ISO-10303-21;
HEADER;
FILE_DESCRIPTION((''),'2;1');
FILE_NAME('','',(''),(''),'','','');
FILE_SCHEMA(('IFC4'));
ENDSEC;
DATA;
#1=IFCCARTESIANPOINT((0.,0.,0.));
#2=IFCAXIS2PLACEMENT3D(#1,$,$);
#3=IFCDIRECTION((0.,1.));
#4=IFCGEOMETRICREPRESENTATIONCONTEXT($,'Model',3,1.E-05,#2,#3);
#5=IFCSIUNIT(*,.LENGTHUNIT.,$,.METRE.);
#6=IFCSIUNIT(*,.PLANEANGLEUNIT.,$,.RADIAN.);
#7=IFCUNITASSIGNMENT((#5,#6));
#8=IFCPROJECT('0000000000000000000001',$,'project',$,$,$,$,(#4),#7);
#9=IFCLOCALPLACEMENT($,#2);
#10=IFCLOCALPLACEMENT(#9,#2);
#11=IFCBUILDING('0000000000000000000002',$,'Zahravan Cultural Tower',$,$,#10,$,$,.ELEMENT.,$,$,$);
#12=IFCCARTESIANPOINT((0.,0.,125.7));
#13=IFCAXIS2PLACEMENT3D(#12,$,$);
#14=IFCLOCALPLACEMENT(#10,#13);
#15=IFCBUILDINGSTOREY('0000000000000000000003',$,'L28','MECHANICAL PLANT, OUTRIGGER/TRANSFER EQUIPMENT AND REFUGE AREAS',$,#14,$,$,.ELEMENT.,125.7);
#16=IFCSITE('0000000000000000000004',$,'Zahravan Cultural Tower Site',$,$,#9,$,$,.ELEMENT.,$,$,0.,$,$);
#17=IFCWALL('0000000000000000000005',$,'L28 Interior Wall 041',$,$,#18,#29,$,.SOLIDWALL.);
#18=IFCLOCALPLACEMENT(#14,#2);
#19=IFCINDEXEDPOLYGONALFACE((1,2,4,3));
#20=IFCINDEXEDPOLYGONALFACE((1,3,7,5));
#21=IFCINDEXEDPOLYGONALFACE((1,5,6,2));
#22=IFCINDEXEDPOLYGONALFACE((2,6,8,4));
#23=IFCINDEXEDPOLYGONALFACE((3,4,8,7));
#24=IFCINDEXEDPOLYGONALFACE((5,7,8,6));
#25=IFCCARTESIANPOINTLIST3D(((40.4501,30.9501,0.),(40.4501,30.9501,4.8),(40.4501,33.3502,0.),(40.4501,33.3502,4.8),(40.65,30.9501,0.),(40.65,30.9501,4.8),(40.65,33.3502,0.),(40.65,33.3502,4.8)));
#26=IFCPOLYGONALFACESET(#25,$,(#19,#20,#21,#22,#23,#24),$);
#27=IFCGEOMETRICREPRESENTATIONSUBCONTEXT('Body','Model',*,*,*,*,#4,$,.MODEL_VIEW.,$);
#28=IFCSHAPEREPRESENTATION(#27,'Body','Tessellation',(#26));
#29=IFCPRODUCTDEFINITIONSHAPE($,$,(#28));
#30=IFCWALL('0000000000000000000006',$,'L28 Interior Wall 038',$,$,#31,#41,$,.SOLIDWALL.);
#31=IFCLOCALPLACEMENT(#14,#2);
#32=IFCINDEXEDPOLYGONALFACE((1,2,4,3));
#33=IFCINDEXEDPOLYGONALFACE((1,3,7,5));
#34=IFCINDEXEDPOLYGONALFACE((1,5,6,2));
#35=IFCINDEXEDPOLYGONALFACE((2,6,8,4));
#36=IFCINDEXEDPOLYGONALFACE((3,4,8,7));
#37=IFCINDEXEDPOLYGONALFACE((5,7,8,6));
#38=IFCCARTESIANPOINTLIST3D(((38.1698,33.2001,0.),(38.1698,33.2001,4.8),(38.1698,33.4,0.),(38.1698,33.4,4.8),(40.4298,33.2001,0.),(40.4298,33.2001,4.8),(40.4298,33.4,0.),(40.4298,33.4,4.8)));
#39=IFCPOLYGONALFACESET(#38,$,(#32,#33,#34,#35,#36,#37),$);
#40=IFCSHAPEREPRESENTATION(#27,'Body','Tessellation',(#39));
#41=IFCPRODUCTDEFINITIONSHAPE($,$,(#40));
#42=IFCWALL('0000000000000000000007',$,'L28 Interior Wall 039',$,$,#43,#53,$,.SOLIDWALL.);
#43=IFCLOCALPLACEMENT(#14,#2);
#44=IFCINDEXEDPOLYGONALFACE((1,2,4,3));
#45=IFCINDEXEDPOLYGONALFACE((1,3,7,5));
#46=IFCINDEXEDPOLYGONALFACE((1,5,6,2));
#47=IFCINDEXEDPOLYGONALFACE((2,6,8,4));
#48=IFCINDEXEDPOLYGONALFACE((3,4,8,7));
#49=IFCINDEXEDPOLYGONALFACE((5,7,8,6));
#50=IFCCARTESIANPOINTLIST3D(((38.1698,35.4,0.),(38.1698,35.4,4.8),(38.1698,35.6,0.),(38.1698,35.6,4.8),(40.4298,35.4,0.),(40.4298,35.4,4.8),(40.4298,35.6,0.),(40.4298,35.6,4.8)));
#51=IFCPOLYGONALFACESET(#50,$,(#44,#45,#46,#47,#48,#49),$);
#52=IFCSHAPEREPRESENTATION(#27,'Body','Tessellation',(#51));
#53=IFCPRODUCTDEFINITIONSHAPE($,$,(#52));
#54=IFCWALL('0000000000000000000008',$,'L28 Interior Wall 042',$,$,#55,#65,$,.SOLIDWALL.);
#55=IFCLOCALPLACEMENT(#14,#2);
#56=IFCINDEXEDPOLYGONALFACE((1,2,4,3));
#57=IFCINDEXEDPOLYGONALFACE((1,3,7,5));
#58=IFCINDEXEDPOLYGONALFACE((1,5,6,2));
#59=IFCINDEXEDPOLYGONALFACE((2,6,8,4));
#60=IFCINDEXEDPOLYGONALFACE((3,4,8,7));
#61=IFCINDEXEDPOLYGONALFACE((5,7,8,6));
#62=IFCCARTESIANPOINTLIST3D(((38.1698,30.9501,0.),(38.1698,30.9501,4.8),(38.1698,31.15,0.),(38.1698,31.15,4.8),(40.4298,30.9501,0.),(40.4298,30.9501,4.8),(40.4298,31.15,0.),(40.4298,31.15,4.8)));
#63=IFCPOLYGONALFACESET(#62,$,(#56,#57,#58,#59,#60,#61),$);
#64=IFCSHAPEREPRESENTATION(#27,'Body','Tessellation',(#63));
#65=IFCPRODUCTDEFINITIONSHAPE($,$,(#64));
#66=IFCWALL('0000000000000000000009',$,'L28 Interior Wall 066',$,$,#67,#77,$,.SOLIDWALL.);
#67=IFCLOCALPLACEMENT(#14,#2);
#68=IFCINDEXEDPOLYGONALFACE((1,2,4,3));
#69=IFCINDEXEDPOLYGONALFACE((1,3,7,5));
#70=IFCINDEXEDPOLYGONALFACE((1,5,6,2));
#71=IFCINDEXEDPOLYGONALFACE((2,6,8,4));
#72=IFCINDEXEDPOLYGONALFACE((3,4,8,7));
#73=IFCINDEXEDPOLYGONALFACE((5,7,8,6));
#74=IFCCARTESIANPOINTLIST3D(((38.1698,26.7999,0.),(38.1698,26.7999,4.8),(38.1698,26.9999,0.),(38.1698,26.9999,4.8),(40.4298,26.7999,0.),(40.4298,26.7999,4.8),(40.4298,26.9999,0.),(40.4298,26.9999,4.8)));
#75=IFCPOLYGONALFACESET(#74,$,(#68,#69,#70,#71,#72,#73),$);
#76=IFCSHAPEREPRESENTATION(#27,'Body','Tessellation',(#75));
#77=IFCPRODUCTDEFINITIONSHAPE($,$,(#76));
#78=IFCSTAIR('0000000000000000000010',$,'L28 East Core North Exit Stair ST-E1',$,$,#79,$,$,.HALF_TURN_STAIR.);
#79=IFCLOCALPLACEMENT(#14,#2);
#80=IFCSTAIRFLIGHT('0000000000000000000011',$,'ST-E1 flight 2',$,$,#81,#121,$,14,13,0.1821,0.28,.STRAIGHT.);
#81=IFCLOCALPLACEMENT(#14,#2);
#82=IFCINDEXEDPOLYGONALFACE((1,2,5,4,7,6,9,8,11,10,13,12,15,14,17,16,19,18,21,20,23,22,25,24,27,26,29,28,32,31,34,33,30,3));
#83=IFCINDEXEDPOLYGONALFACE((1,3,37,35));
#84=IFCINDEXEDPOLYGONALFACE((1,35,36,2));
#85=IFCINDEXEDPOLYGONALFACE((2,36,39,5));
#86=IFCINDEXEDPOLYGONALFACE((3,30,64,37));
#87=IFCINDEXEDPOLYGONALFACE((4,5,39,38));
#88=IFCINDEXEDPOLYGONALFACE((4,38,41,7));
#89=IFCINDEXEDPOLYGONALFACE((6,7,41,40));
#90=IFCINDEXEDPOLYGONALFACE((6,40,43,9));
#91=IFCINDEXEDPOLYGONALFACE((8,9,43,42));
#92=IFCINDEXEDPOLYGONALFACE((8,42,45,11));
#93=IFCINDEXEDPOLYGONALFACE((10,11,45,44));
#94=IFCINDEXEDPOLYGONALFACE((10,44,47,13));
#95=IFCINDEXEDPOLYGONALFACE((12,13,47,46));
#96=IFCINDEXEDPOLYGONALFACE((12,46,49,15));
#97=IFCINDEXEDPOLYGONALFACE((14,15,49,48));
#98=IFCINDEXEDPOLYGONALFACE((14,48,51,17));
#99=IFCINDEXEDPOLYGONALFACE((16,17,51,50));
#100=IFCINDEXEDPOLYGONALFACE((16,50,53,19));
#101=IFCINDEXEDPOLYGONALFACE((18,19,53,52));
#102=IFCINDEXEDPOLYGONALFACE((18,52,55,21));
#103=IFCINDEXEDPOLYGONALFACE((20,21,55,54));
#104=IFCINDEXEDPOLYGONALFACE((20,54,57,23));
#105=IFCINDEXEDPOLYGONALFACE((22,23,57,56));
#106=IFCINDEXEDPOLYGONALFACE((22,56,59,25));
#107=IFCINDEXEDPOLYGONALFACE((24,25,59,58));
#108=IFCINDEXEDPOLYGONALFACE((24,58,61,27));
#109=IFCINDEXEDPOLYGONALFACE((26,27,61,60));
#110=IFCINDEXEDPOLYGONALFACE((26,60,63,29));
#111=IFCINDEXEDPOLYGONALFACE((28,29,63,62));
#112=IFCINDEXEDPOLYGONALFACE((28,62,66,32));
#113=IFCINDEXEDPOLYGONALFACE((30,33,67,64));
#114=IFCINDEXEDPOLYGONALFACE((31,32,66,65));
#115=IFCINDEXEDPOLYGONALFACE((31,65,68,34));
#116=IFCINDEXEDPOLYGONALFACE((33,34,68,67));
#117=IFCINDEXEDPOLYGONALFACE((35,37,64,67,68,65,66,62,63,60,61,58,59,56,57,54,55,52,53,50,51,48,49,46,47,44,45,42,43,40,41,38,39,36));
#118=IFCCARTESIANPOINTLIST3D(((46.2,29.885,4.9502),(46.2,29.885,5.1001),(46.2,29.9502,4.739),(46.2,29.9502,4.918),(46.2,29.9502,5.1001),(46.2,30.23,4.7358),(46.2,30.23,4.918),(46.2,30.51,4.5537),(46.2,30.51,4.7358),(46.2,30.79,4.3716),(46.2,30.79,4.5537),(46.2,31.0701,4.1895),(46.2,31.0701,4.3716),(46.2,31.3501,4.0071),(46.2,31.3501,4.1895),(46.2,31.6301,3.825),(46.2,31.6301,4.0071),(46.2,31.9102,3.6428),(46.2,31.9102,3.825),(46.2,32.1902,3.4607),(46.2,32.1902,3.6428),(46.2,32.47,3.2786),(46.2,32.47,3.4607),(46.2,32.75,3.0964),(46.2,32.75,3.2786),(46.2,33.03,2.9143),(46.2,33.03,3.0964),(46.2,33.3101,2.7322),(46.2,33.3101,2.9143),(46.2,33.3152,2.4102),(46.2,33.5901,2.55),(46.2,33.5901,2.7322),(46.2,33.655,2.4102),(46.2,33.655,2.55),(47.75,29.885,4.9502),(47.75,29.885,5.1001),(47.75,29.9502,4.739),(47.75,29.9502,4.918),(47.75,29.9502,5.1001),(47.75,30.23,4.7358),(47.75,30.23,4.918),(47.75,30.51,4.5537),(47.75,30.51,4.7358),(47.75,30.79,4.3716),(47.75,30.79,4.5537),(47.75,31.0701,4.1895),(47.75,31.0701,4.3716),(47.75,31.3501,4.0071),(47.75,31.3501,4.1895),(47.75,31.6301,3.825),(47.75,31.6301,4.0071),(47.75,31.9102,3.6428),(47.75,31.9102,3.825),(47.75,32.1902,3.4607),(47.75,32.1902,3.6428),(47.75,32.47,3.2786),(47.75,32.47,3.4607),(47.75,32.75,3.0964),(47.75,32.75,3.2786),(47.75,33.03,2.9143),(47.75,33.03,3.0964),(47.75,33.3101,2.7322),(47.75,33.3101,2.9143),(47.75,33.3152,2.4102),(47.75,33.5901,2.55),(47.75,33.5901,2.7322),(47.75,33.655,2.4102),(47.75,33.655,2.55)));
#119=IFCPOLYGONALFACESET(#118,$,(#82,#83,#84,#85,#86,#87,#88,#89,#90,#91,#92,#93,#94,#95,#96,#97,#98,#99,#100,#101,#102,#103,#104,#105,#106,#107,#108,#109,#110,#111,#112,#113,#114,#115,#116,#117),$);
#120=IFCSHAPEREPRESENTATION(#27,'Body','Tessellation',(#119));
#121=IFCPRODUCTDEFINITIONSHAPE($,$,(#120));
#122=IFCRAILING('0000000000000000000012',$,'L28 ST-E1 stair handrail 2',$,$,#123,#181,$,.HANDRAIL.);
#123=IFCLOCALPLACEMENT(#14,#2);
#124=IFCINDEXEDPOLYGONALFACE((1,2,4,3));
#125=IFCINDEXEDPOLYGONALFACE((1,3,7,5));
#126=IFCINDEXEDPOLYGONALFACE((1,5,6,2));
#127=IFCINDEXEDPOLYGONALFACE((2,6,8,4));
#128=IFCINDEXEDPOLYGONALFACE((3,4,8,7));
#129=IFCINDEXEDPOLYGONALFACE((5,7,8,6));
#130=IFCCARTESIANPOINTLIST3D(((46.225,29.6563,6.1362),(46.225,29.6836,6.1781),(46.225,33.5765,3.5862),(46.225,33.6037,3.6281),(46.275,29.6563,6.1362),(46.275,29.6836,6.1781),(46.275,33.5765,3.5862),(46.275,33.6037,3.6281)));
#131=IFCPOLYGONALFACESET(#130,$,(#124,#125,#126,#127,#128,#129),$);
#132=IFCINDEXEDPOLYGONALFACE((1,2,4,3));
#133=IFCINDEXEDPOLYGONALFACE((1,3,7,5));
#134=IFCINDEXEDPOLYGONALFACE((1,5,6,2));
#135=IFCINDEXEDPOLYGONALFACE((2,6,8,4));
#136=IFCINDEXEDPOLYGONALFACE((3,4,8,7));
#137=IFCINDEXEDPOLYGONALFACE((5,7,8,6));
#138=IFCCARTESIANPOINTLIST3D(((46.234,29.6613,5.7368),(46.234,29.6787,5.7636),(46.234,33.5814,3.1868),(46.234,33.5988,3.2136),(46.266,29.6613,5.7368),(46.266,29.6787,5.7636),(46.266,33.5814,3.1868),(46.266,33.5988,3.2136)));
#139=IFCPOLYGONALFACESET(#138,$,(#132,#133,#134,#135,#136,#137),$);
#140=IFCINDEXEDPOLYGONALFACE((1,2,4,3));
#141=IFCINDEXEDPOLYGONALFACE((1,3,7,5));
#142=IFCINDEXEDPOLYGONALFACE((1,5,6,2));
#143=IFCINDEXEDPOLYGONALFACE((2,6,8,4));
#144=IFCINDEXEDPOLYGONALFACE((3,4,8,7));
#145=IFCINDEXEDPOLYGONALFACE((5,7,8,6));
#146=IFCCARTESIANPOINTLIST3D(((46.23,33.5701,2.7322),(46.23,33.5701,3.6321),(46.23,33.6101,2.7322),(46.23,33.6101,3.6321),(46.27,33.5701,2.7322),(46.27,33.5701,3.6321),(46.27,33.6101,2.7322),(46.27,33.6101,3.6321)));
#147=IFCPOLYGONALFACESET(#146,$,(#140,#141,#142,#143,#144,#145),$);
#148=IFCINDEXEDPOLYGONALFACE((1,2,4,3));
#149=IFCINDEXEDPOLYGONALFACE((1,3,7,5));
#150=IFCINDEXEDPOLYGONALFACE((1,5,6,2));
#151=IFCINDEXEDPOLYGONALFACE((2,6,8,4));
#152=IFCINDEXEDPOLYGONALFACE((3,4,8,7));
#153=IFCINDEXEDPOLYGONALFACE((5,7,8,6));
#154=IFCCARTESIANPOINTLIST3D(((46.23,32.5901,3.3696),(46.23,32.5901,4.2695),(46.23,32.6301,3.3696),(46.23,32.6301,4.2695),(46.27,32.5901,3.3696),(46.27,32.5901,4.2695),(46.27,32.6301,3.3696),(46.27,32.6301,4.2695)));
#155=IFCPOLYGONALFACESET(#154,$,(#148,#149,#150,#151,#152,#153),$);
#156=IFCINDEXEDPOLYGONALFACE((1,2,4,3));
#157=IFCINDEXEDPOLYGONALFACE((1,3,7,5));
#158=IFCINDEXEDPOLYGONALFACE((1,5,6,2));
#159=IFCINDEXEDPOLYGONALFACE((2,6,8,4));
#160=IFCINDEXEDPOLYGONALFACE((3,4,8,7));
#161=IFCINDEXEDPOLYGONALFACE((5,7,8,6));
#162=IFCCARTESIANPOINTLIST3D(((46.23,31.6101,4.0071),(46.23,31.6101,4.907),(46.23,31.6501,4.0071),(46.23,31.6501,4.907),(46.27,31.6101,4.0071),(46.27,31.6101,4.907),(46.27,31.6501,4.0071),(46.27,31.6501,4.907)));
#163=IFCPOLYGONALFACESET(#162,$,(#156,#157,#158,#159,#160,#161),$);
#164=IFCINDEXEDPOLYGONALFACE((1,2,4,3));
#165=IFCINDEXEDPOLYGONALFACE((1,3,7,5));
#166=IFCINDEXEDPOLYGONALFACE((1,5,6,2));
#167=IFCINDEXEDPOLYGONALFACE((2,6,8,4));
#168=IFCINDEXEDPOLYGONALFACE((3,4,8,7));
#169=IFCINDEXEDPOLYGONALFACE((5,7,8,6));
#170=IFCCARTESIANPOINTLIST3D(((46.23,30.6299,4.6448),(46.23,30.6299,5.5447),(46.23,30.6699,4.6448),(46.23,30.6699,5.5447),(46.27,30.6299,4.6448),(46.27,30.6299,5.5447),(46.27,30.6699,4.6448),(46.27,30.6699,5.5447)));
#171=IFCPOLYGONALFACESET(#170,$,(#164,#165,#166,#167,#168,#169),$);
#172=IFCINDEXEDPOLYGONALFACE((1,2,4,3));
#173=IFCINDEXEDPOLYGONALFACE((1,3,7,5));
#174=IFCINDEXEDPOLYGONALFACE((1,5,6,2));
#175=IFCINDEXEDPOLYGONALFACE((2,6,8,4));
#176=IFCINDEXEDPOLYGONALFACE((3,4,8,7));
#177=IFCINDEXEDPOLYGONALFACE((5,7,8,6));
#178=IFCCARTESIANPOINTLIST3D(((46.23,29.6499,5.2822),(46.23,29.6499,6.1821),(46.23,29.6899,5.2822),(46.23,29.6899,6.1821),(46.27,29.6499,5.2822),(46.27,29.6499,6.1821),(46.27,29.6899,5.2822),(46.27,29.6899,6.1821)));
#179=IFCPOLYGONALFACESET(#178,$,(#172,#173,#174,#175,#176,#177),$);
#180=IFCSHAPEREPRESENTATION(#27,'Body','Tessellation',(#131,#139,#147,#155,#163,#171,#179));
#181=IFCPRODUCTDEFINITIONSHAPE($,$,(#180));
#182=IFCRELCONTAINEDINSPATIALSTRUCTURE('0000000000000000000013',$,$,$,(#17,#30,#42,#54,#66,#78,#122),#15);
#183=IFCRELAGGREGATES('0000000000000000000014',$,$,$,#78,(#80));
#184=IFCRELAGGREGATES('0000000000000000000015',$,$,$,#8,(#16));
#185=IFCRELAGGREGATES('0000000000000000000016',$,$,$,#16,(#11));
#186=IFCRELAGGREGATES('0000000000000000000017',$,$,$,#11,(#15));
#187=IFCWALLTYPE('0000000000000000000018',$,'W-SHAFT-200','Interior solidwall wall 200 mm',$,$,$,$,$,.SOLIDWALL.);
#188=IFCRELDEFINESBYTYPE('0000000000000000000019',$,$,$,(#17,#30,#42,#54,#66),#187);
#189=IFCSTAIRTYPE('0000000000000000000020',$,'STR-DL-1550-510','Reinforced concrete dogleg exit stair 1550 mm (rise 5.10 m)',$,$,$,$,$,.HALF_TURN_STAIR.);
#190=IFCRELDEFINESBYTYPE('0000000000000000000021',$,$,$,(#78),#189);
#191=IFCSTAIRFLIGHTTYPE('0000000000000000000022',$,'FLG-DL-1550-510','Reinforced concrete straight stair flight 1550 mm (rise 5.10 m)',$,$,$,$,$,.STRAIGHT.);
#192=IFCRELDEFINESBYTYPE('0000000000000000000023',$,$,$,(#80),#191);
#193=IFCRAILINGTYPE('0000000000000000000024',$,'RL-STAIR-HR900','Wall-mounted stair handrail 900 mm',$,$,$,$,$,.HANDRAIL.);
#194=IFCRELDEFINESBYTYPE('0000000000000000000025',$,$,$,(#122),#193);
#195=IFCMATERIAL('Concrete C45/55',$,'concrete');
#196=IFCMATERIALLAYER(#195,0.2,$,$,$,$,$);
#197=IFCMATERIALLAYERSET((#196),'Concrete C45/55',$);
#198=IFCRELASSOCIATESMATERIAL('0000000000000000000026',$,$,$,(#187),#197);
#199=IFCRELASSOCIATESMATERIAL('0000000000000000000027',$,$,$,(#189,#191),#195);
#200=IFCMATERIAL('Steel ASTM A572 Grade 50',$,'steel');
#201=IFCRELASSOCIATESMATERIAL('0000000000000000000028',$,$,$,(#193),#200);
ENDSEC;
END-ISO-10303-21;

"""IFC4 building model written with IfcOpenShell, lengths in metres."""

from ifc_helpers import new_model, si_unit, direction, frame, frame_2d, origin, origin_2d, place, context, subcontext, project, spatial, polyline, rectangle, outline, extrude, source, transform, mapped, material, layer, layer_set, type_object, element, aggregate, save


model = new_model("IFC4")

# Units and contexts
model_context = context("Model", 3, precision=1e-05, world=origin(), true_north=direction((0.0, 1.0)))
body_context = subcontext(model_context, "Body", "Model", "MODEL_VIEW")
ifc_project = project(units=[si_unit("LENGTHUNIT", "METRE"), si_unit("PLANEANGLEUNIT", "RADIAN")], contexts=[model_context])

# Site, building, storey
site_placement = place(None, origin())
site = spatial("IfcSite", under=ifc_project, at=site_placement, Name="Zahravan Cultural Tower Site", CompositionType="ELEMENT", RefElevation=0.0)
building_placement = place(site_placement, origin())
building = spatial("IfcBuilding", under=site, at=building_placement, Name="Zahravan Cultural Tower", CompositionType="ELEMENT")
storey_placement = place(building_placement, frame((0.0, 0.0, 125.7)))
storey = spatial("IfcBuildingStorey", under=building, at=storey_placement, Name="L28", Description="MECHANICAL PLANT, OUTRIGGER/TRANSFER EQUIPMENT AND REFUGE AREAS", CompositionType="ELEMENT", Elevation=125.7)

# Shared definitions
ifc_material_1 = material(Name="Steel ASTM A572 Grade 50", Category="steel")
ifc_material_2 = material(Name="Concrete C45/55", Category="concrete")
ifc_layer_1 = layer(ifc_material_2, 0.2)
ifc_layer_set_1 = layer_set([ifc_layer_1], Name="Concrete C45/55")
wall_type_1 = type_object("IfcWallType", Name="W-SHAFT-200", Description="Interior solidwall wall 200 mm", PredefinedType="SOLIDWALL", material=ifc_layer_set_1)

# Walls
shared_shape_1 = source(origin(), body_context, "Body", "SweptSolid", [
    extrude(rectangle(XDim=2.4001, YDim=0.2, at=frame_2d((1.2002, 0.0))), origin(), (0.0, 0.0, 1.0), 4.8),
])
for number, where, z_axis, x_axis, name in (
    (1, (40.55, 30.95, 0.0), (0.0, 0.0, 1.0), (0.0, 1.0, 0.0), "L28 Interior Wall 041"),
):
    element("IfcWall", number, at=place(storey_placement, frame(where, z_axis=z_axis, x_axis=x_axis)), inside=storey, type_object=wall_type_1, Name=name, PredefinedType="SOLIDWALL", context=body_context, shape_type="MappedRepresentation", body=[
        mapped(shared_shape_1, transform((0.0, 0.0, 0.0), x_axis=(1.0, 0.0, 0.0), y_axis=(0.0, 1.0, 0.0), z_axis=(0.0, 0.0, 1.0), scale=1.0)),
    ])
shared_shape_2 = source(origin(), body_context, "Body", "SweptSolid", [
    extrude(rectangle(XDim=2.26, YDim=0.2, at=frame_2d((1.1299, 0.0))), origin(), (0.0, 0.0, 1.0), 4.8),
])
for number, where, z_axis, x_axis, name in (
    (2, (38.1699, 33.3, 0.0), (0.0, 0.0, 1.0), (1.0, 0.0, 0.0), "L28 Interior Wall 038"),
    (3, (38.1699, 35.5, 0.0), (0.0, 0.0, 1.0), (1.0, 0.0, 0.0), "L28 Interior Wall 039"),
    (4, (38.1699, 31.05, 0.0), (0.0, 0.0, 1.0), (1.0, 0.0, 0.0), "L28 Interior Wall 042"),
    (5, (38.1699, 26.8999, 0.0), (0.0, 0.0, 1.0), (1.0, 0.0, 0.0), "L28 Interior Wall 066"),
):
    element("IfcWall", number, at=place(storey_placement, frame(where, z_axis=z_axis, x_axis=x_axis)), inside=storey, type_object=wall_type_1, Name=name, PredefinedType="SOLIDWALL", context=body_context, shape_type="MappedRepresentation", body=[
        mapped(shared_shape_2, transform((0.0, 0.0, 0.0), x_axis=(1.0, 0.0, 0.0), y_axis=(0.0, 1.0, 0.0), z_axis=(0.0, 0.0, 1.0), scale=1.0)),
    ])

# Stair, stair flight
stair_type = type_object("IfcStairType", Name="STR-DL-1550-510", Description="Reinforced concrete dogleg exit stair 1550 mm (rise 5.10 m)", PredefinedType="HALF_TURN_STAIR", material=ifc_material_2)
stair_placement = place(storey_placement, origin())
stair = element("IfcStair", 6, at=stair_placement, inside=storey, type_object=stair_type, Name="L28 East Core North Exit Stair ST-E1", PredefinedType="HALF_TURN_STAIR")
stair_flight_type = type_object("IfcStairFlightType", Name="FLG-DL-1550-510", Description="Reinforced concrete straight stair flight 1550 mm (rise 5.10 m)", PredefinedType="STRAIGHT", material=ifc_material_2)
stair_flight_placement = place(storey_placement, frame((46.9751, 33.5901, 2.55), z_axis=(0.0, 0.0, 1.0), x_axis=(0.0, -1.0, 0.0)))
stair_flight = element("IfcStairFlight", 7, at=stair_flight_placement, type_object=stair_flight_type, Name="ST-E1 flight 2", NumberOfRisers=14, NumberOfTreads=13, PredefinedType="STRAIGHT", RiserHeight=0.1821, TreadLength=0.28, context=body_context, shape_type="SweptSolid", body=[
    extrude(outline(polyline([(-0.0649, -0.1399), (-0.0649, 0.0), (0.0, 0.0), (0.0, 0.1821), (0.28, 0.1821), (0.28, 0.3643), (0.5601, 0.3643), (0.5601, 0.5464), (0.8401, 0.5464), (0.8401, 0.7285), (1.1201, 0.7285), (1.1201, 0.9106), (1.3999, 0.9106), (1.3999, 1.0928), (1.6799, 1.0928), (1.6799, 1.2749), (1.96, 1.2749), (1.96, 1.457), (2.24, 1.457), (2.24, 1.6394), (2.52, 1.6394), (2.52, 1.8215), (2.8, 1.8215), (2.8, 2.0037), (3.0801, 2.0037), (3.0801, 2.1858), (3.3601, 2.1858), (3.3601, 2.3679), (3.6399, 2.3679), (3.6399, 2.55), (3.7051, 2.55), (3.7051, 2.4001), (3.6399, 2.189), (0.2749, -0.1399), (-0.0649, -0.1399)])), frame((0.0, 0.7749, 0.0), z_axis=(0.0, -1.0, 0.0), x_axis=(1.0, 0.0, 0.0)), (0.0, 0.0, 1.0), 1.55),
])
aggregate(stair, [stair_flight])

# Railing
railing_type = type_object("IfcRailingType", Name="RL-STAIR-HR900", Description="Wall-mounted stair handrail 900 mm", PredefinedType="HANDRAIL", material=ifc_material_1)
railing_placement = place(storey_placement, frame((46.25, 33.5901, 2.7322)))
element("IfcRailing", 8, at=railing_placement, inside=storey, type_object=railing_type, Name="L28 ST-E1 stair handrail 2", PredefinedType="HANDRAIL", context=body_context, shape_type="SweptSolid", body=[
    extrude(rectangle(XDim=0.05, YDim=0.05, at=origin_2d()), frame((0.0, 0.0, 0.875), z_axis=(0.0, -0.838254, 0.54528), x_axis=(1.0, 0.0, 0.0)), (0.0, 0.0, 1.0), 4.6765),
    extrude(rectangle(XDim=0.032, YDim=0.032, at=origin_2d()), frame((0.0, 0.0, 0.468), z_axis=(0.0, -0.838254, 0.54528), x_axis=(1.0, 0.0, 0.0)), (0.0, 0.0, 1.0), 4.6765),
    extrude(rectangle(XDim=0.04, YDim=0.04, at=origin_2d()), origin(), (0.0, 0.0, 1.0), 0.8999),
    extrude(rectangle(XDim=0.04, YDim=0.04, at=origin_2d()), frame((0.0, -0.98, 0.6375)), (0.0, 0.0, 1.0), 0.8999),
    extrude(rectangle(XDim=0.04, YDim=0.04, at=origin_2d()), frame((0.0, -1.96, 1.2749)), (0.0, 0.0, 1.0), 0.8999),
    extrude(rectangle(XDim=0.04, YDim=0.04, at=origin_2d()), frame((0.0, -2.9402, 1.9126)), (0.0, 0.0, 1.0), 0.8999),
    extrude(rectangle(XDim=0.04, YDim=0.04, at=origin_2d()), frame((0.0, -3.9202, 2.55)), (0.0, 0.0, 1.0), 0.8999),
])

save(model, "model.ifc")
